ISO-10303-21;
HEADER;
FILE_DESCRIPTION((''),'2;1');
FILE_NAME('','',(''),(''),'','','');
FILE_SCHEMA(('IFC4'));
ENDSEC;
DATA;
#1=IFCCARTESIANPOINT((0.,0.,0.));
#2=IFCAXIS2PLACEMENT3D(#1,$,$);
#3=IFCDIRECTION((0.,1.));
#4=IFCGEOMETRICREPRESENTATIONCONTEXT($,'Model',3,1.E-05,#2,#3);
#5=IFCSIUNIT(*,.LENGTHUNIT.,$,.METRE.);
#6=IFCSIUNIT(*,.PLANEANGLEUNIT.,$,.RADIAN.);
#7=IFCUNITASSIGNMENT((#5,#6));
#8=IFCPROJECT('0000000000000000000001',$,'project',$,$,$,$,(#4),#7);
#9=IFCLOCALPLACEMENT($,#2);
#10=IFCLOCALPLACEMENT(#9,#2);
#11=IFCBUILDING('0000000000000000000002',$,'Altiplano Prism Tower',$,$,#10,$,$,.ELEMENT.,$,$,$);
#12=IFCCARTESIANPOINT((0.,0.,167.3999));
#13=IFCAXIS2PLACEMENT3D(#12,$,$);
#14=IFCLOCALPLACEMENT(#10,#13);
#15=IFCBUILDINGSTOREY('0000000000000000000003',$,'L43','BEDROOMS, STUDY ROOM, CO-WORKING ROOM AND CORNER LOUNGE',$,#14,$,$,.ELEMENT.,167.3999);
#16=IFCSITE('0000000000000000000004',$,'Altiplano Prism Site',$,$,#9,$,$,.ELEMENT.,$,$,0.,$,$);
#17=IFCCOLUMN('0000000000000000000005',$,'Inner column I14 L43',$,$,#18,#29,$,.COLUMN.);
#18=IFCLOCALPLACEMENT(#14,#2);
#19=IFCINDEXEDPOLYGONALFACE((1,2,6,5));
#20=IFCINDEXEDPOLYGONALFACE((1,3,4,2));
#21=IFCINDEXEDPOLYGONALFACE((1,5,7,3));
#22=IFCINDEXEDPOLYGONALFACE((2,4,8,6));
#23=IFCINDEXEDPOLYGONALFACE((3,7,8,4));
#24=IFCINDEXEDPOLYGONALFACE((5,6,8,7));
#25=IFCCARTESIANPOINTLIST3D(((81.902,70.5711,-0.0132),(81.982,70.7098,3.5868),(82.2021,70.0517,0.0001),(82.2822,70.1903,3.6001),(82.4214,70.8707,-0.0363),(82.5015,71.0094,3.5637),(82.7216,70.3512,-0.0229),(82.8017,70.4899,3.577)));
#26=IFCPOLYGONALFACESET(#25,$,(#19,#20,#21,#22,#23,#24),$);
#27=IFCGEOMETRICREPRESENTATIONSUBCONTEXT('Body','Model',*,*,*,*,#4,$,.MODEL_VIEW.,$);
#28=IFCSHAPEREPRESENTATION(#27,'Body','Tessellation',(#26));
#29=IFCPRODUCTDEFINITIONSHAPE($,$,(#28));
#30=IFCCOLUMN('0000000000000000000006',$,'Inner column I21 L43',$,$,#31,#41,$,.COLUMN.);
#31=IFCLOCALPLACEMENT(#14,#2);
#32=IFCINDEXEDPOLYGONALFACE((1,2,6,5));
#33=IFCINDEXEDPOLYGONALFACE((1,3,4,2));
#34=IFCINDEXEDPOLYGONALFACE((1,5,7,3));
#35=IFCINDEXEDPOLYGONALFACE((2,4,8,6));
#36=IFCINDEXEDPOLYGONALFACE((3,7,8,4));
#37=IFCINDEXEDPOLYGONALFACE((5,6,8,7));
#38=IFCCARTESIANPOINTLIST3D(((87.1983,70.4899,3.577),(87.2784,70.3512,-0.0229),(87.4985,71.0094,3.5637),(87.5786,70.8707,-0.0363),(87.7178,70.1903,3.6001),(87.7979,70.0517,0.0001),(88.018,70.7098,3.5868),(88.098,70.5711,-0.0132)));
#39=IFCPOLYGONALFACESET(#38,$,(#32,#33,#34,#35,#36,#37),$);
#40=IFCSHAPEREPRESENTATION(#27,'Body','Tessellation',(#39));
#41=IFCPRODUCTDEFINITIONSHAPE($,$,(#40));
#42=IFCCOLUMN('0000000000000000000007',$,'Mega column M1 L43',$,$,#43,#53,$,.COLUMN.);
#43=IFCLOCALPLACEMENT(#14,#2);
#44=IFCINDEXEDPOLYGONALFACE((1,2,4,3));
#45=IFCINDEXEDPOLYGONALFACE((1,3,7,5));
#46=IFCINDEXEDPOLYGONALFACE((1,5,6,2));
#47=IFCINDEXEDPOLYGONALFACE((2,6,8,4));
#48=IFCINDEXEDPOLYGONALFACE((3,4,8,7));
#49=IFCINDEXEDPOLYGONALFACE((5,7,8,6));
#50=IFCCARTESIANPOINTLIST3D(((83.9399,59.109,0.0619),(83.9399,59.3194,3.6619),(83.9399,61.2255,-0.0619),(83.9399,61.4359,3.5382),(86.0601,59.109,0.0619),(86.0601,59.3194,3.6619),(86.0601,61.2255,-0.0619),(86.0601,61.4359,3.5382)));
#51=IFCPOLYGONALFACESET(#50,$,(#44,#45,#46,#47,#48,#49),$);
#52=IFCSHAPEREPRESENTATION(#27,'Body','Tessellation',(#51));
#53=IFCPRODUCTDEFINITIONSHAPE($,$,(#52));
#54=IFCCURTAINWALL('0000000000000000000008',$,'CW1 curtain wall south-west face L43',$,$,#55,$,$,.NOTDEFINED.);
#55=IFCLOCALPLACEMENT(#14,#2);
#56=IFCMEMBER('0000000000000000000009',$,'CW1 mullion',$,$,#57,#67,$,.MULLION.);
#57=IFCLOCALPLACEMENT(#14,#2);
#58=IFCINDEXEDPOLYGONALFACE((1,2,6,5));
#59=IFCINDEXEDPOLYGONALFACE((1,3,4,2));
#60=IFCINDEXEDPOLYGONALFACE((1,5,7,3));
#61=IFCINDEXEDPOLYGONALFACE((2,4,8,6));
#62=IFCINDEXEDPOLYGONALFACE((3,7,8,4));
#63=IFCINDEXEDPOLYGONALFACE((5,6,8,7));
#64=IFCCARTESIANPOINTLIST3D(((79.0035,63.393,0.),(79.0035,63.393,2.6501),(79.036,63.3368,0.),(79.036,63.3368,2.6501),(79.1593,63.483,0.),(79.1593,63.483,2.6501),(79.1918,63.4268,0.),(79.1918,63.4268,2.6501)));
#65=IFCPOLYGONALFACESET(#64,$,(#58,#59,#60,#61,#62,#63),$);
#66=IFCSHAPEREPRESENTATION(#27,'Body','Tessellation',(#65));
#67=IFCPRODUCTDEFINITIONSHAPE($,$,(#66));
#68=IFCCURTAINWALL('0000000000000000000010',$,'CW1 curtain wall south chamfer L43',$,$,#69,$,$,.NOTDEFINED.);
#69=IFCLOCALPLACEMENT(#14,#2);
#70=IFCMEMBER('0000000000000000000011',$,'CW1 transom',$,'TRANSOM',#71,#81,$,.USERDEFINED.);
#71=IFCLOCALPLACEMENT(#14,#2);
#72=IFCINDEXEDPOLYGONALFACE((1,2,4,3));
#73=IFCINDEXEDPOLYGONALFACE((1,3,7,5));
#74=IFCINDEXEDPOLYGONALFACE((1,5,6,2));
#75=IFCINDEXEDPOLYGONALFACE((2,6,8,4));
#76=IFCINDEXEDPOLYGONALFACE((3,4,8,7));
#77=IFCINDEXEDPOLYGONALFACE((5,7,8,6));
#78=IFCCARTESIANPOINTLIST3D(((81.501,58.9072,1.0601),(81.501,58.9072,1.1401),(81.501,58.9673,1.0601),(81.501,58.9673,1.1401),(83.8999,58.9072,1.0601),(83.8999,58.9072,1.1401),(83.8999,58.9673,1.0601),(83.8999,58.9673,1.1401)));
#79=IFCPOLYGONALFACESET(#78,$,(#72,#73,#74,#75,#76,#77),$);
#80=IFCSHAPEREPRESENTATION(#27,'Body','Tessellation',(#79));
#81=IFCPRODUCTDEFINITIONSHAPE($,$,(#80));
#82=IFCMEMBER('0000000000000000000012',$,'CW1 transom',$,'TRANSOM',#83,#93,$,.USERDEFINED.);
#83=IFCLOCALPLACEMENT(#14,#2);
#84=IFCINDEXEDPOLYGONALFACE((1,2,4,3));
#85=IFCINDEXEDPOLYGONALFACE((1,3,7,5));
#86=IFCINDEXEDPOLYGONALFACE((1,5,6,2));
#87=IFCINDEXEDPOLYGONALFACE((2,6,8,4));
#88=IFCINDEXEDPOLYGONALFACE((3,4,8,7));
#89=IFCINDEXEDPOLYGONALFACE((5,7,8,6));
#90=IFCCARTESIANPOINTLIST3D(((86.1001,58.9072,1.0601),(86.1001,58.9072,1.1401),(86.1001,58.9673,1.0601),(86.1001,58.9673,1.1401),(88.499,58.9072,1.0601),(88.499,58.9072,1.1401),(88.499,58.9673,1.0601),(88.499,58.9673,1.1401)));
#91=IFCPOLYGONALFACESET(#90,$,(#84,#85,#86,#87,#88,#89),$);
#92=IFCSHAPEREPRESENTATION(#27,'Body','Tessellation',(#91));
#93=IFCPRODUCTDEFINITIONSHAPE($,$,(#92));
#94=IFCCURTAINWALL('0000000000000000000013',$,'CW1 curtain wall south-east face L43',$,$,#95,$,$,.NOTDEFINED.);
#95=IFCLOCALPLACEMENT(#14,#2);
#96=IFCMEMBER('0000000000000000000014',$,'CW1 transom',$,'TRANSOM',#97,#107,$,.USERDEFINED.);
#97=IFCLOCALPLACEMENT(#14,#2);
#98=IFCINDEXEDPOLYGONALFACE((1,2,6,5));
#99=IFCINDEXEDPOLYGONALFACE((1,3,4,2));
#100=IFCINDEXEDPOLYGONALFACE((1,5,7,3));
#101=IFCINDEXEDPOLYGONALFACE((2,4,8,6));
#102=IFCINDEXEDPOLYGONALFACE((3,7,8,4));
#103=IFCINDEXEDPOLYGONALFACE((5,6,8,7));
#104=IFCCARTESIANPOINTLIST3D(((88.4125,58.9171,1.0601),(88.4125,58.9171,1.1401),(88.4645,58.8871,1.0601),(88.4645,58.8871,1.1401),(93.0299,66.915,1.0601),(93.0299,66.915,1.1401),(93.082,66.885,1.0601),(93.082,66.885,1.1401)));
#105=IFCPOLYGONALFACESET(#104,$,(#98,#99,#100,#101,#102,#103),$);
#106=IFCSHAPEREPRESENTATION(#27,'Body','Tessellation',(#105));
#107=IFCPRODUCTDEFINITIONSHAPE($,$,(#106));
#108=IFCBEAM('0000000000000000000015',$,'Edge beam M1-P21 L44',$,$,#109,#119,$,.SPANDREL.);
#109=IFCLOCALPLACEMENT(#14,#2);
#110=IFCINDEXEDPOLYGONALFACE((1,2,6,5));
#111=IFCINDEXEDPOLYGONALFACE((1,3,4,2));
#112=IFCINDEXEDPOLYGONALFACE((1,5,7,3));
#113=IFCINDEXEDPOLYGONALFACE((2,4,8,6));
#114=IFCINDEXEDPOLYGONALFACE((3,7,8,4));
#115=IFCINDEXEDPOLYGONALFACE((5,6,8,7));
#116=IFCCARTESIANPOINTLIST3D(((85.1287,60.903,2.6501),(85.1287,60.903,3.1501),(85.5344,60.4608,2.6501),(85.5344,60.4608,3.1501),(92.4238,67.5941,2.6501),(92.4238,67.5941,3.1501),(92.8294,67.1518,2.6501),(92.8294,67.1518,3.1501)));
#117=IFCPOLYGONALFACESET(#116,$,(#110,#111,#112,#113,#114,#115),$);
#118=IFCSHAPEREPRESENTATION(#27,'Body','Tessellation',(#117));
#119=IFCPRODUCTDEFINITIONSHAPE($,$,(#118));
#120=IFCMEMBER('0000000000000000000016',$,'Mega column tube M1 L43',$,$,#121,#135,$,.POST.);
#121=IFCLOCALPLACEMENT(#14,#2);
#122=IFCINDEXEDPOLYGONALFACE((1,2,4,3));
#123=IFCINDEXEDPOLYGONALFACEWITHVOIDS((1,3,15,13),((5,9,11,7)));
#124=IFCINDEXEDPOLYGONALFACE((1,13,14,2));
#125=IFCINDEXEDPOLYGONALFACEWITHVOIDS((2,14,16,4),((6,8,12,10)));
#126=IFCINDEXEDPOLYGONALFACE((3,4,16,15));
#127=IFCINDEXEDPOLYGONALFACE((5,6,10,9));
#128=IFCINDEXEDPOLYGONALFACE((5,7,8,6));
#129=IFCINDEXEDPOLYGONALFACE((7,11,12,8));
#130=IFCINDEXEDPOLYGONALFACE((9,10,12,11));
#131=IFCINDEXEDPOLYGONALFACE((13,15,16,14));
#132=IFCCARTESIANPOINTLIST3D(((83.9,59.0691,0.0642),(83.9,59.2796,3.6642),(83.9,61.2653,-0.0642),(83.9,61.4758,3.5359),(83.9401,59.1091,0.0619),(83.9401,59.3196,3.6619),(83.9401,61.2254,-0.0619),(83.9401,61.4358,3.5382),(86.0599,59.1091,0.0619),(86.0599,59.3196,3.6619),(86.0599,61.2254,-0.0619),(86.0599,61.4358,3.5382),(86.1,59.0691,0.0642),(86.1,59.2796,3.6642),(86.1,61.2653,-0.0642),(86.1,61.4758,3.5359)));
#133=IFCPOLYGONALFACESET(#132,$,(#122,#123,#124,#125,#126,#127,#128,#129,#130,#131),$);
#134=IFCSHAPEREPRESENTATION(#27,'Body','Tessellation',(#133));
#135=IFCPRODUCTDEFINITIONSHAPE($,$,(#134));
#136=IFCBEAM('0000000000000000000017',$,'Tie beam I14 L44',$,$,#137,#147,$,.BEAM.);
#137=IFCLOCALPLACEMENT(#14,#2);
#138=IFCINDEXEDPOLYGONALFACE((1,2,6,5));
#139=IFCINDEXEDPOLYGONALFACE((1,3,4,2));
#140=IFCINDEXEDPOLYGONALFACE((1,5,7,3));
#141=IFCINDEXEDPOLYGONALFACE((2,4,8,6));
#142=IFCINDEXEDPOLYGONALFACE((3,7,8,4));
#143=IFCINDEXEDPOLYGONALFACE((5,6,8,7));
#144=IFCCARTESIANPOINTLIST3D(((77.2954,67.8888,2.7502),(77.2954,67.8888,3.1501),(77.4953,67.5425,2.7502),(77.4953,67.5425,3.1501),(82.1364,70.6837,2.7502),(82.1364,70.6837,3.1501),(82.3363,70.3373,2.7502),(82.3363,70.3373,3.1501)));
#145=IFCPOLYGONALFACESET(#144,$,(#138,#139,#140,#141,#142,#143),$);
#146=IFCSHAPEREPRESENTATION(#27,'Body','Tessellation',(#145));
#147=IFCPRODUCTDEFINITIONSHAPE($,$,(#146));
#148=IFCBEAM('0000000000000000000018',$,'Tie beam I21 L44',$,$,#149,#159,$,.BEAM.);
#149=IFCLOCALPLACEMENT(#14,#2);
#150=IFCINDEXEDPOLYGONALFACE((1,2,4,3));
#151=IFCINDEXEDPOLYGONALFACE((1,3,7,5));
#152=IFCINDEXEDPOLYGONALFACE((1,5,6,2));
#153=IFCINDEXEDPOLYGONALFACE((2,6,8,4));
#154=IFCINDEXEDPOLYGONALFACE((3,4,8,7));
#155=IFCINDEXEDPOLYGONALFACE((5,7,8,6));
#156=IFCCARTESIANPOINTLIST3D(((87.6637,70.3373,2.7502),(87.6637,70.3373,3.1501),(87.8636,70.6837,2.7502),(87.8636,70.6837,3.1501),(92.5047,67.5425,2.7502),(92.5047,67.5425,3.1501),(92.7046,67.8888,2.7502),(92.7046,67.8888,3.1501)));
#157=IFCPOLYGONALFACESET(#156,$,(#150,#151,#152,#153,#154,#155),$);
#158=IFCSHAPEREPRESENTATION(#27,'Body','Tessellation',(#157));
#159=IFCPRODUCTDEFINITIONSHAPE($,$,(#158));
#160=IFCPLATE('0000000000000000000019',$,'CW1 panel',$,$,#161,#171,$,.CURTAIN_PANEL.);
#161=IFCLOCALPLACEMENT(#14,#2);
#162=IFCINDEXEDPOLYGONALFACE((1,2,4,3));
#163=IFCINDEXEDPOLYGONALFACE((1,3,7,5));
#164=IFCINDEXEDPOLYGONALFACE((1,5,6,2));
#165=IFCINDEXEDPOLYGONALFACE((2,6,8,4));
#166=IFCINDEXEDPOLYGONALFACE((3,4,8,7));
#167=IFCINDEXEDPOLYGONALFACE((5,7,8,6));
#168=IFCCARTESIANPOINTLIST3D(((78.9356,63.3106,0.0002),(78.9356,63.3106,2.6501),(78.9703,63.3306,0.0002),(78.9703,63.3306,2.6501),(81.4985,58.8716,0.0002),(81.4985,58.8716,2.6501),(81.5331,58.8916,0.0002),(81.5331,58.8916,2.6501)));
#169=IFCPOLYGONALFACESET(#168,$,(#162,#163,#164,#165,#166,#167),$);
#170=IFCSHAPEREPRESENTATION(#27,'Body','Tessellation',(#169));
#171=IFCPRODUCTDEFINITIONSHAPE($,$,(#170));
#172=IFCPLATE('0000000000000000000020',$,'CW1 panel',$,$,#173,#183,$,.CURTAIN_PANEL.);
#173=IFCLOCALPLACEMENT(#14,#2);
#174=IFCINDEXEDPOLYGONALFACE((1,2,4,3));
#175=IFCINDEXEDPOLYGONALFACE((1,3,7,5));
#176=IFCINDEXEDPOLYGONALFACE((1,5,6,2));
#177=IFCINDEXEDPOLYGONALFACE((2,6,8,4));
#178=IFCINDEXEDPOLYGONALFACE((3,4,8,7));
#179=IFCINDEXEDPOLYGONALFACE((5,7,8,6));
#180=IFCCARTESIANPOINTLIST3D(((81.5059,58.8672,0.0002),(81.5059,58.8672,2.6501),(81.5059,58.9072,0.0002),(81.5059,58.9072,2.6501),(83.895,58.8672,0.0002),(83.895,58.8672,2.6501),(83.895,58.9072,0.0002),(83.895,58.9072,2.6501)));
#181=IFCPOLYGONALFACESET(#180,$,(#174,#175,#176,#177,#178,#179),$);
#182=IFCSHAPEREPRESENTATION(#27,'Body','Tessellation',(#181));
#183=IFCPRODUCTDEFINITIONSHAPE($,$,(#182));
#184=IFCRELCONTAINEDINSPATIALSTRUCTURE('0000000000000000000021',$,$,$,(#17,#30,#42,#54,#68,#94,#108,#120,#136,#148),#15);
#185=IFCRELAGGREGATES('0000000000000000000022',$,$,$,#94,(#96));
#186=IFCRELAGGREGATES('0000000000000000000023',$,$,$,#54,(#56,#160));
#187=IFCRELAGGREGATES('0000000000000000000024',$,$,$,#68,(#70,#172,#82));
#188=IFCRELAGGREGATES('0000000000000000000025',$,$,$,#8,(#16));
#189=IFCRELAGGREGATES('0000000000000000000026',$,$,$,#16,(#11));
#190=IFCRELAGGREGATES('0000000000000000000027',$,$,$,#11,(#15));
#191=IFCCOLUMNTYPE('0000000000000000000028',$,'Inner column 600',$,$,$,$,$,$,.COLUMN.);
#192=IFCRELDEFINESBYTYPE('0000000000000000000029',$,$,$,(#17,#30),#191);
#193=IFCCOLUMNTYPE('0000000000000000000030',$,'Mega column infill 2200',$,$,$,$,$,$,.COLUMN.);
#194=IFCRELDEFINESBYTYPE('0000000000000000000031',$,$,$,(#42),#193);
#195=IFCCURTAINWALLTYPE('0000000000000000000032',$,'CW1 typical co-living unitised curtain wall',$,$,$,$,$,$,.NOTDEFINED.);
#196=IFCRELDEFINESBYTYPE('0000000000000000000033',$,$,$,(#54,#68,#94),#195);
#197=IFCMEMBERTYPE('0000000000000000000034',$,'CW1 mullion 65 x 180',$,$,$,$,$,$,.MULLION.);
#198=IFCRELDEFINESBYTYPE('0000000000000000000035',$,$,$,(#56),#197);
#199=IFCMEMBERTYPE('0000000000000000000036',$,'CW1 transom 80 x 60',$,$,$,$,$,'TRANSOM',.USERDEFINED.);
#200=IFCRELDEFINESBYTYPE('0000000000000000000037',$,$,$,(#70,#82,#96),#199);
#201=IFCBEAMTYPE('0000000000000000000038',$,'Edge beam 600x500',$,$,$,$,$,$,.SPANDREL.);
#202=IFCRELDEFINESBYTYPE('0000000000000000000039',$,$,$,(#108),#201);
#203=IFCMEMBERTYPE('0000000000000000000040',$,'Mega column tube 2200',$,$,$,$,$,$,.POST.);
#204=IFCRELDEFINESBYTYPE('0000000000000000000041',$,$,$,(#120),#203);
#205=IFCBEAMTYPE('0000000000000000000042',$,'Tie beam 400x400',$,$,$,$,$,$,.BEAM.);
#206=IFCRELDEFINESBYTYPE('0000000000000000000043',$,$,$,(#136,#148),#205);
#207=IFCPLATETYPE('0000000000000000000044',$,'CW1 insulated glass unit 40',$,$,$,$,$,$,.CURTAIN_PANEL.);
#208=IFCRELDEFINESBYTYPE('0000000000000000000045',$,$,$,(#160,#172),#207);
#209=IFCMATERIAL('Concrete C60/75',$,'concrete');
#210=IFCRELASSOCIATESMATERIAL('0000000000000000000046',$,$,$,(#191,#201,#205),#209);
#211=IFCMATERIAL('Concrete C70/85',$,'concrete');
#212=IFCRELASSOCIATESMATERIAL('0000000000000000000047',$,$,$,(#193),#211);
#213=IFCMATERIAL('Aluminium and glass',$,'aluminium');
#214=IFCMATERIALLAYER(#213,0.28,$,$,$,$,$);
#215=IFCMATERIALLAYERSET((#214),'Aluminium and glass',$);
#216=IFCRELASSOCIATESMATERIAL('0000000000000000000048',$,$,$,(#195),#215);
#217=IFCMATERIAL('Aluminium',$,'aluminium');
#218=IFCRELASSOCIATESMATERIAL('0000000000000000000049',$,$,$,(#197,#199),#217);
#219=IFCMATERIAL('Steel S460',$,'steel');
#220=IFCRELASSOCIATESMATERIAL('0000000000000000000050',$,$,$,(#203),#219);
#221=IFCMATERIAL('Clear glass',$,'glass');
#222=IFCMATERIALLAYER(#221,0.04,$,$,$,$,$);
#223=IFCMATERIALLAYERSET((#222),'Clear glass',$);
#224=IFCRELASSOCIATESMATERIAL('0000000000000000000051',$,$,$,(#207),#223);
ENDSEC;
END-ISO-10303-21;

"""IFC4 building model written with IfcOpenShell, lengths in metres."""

from ifc_helpers import new_model, si_unit, direction, frame, origin, origin_2d, place, context, subcontext, project, spatial, rectangle, hollow_rectangle, extrude, material, layer, layer_set, material_profile, profile_set, type_object, element, aggregate, save


model = new_model("IFC4")

# Units and contexts
model_context = context("Model", 3, precision=1e-05, world=origin(), true_north=direction((0.0, 1.0)))
body_context = subcontext(model_context, "Body", "Model", "MODEL_VIEW")
ifc_project = project(units=[si_unit("LENGTHUNIT", "METRE"), si_unit("PLANEANGLEUNIT", "RADIAN")], contexts=[model_context])

# Site, building, storey
site_placement = place(None, origin())
site = spatial("IfcSite", under=ifc_project, at=site_placement, Name="Altiplano Prism Site", CompositionType="ELEMENT", RefElevation=0.0)
building_placement = place(site_placement, origin())
building = spatial("IfcBuilding", under=site, at=building_placement, Name="Altiplano Prism Tower", CompositionType="ELEMENT")
storey_placement = place(building_placement, frame((0.0, 0.0, 167.3999)))
storey = spatial("IfcBuildingStorey", under=building, at=storey_placement, Name="L43", Description="BEDROOMS, STUDY ROOM, CO-WORKING ROOM AND CORNER LOUNGE", CompositionType="ELEMENT", Elevation=167.3999)

# Columns
ifc_material_1 = material(Name="Concrete C60/75", Category="concrete")
ifc_material_profile_1 = material_profile(ifc_material_1, rectangle(XDim=0.6001, YDim=0.6001, at=origin_2d()), Name="Inner column 600")
ifc_profile_set_1 = profile_set([ifc_material_profile_1], Name="Concrete C60/75")
column_type_1 = type_object("IfcColumnType", Name="Inner column 600", PredefinedType="COLUMN", material=ifc_profile_set_1)
for number, where, z_axis, x_axis, name in (
    (1, (82.3118, 70.4612, -0.0181), (0.022223, 0.038483, 0.999012), (-0.865639, -0.499187, 0.038485), "Inner column I14 L43"),
    (2, (87.6882, 70.4612, -0.0181), (-0.022223, 0.038483, 0.999012), (-0.500175, -0.865639, 0.022219), "Inner column I21 L43"),
):
    element("IfcColumn", number, at=place(storey_placement, frame(where, z_axis=z_axis, x_axis=x_axis)), inside=storey, type_object=column_type_1, Name=name, PredefinedType="COLUMN", context=body_context, shape_type="SweptSolid", body=[
        extrude(rectangle(XDim=0.6001, YDim=0.6001, at=origin_2d()), origin(), (0.0, 0.0, 1.0), 3.6035),
    ])
ifc_material_2 = material(Name="Concrete C70/85", Category="concrete")
ifc_material_profile_2 = material_profile(ifc_material_2, rectangle(XDim=2.1201, YDim=2.1201, at=origin_2d()), Name="Mega column infill 2200")
ifc_profile_set_2 = profile_set([ifc_material_profile_2], Name="Concrete C70/85")
column_type_2 = type_object("IfcColumnType", Name="Mega column infill 2200", PredefinedType="COLUMN", material=ifc_profile_set_2)
column_placement = place(storey_placement, frame((85.0, 60.1672, 0.0), z_axis=(0.0, 0.058357, 0.998296), x_axis=(-1.0, 0.0, 0.0)))
element("IfcColumn", 3, at=column_placement, inside=storey, type_object=column_type_2, Name="Mega column M1 L43", PredefinedType="COLUMN", context=body_context, shape_type="SweptSolid", body=[
    extrude(rectangle(XDim=2.1201, YDim=2.1201, at=origin_2d()), origin(), (0.0, 0.0, 1.0), 3.6062),
])

# Curtain wall, member
ifc_material_3 = material(Name="Aluminium and glass", Category="aluminium")
ifc_layer_1 = layer(ifc_material_3, 0.28)
ifc_layer_set_1 = layer_set([ifc_layer_1], Name="Aluminium and glass")
curtain_wall_type = type_object("IfcCurtainWallType", Name="CW1 typical co-living unitised curtain wall", PredefinedType="NOTDEFINED", material=ifc_layer_set_1)
curtain_wall_1_placement = place(storey_placement, origin())
curtain_wall_1 = element("IfcCurtainWall", 4, at=curtain_wall_1_placement, inside=storey, type_object=curtain_wall_type, Name="CW1 curtain wall south-west face L43", PredefinedType="NOTDEFINED")
ifc_material_4 = material(Name="Aluminium", Category="aluminium")
ifc_material_profile_3 = material_profile(ifc_material_4, rectangle(XDim=0.1799, YDim=0.0649, at=origin_2d()), Name="CW1 mullion 65 x 180")
ifc_profile_set_3 = profile_set([ifc_material_profile_3], Name="Aluminium")
member_type_1 = type_object("IfcMemberType", Name="CW1 mullion 65 x 180", PredefinedType="MULLION", material=ifc_profile_set_3)
member_1_placement = place(storey_placement, frame((79.0977, 63.4099, 0.0), z_axis=(0.0, 0.0, 1.0), x_axis=(0.866025, 0.5, 0.0)))
member_1 = element("IfcMember", 5, at=member_1_placement, type_object=member_type_1, Name="CW1 mullion", PredefinedType="MULLION", context=body_context, shape_type="SweptSolid", body=[
    extrude(rectangle(XDim=0.1799, YDim=0.0649, at=origin_2d()), origin(), (0.0, 0.0, 1.0), 2.6501),
])

# Curtain wall, members
curtain_wall_2_placement = place(storey_placement, origin())
curtain_wall_2 = element("IfcCurtainWall", 6, at=curtain_wall_2_placement, inside=storey, type_object=curtain_wall_type, Name="CW1 curtain wall south chamfer L43", PredefinedType="NOTDEFINED")
ifc_material_profile_4 = material_profile(ifc_material_4, rectangle(XDim=0.0601, YDim=0.0801, at=origin_2d()), Name="CW1 transom 80 x 60")
ifc_profile_set_4 = profile_set([ifc_material_profile_4], Name="Aluminium")
member_type_2 = type_object("IfcMemberType", Name="CW1 transom 80 x 60", ElementType="TRANSOM", PredefinedType="USERDEFINED", material=ifc_profile_set_4)
member_2_placement = place(storey_placement, frame((81.501, 58.9373, 1.1001), z_axis=(1.0, 0.0, 0.0), x_axis=(0.0, 1.0, 0.0)))
member_2 = element("IfcMember", 7, at=member_2_placement, type_object=member_type_2, Name="CW1 transom", ObjectType="TRANSOM", PredefinedType="USERDEFINED", context=body_context, shape_type="SweptSolid", body=[
    extrude(rectangle(XDim=0.0601, YDim=0.0801, at=origin_2d()), origin(), (0.0, 0.0, 1.0), 2.3989),
])
member_3_placement = place(storey_placement, frame((86.1001, 58.9373, 1.1001), z_axis=(1.0, 0.0, 0.0), x_axis=(0.0, 1.0, 0.0)))
member_3 = element("IfcMember", 8, at=member_3_placement, type_object=member_type_2, Name="CW1 transom", ObjectType="TRANSOM", PredefinedType="USERDEFINED", context=body_context, shape_type="SweptSolid", body=[
    extrude(rectangle(XDim=0.0601, YDim=0.0801, at=origin_2d()), origin(), (0.0, 0.0, 1.0), 2.3989),
])

# Curtain wall, member
curtain_wall_3_placement = place(storey_placement, origin())
curtain_wall_3 = element("IfcCurtainWall", 9, at=curtain_wall_3_placement, inside=storey, type_object=curtain_wall_type, Name="CW1 curtain wall south-east face L43", PredefinedType="NOTDEFINED")
member_4_placement = place(storey_placement, frame((88.4385, 58.9021, 1.1001), z_axis=(0.499992, 0.86603, 0.0), x_axis=(-0.86603, 0.499992, 0.0)))
member_4 = element("IfcMember", 10, at=member_4_placement, type_object=member_type_2, Name="CW1 transom", ObjectType="TRANSOM", PredefinedType="USERDEFINED", context=body_context, shape_type="SweptSolid", body=[
    extrude(rectangle(XDim=0.0601, YDim=0.0801, at=origin_2d()), origin(), (0.0, 0.0, 1.0), 9.2351),
])
aggregate(curtain_wall_3, [member_4])

# Beam
ifc_material_profile_5 = material_profile(ifc_material_1, rectangle(XDim=0.6001, YDim=0.5, at=origin_2d()), Name="Edge beam 600x500")
ifc_profile_set_5 = profile_set([ifc_material_profile_5], Name="Concrete C60/75")
beam_type_1 = type_object("IfcBeamType", Name="Edge beam 600x500", PredefinedType="SPANDREL", material=ifc_profile_set_5)
beam_placement = place(storey_placement, frame((85.3315, 60.6819, 2.9001), z_axis=(0.736957, 0.67594, 0.0), x_axis=(-0.67594, 0.736957, 0.0)))
element("IfcBeam", 11, at=beam_placement, inside=storey, type_object=beam_type_1, Name="Edge beam M1-P21 L44", PredefinedType="SPANDREL", context=body_context, shape_type="SweptSolid", body=[
    extrude(rectangle(XDim=0.6001, YDim=0.5, at=origin_2d()), origin(), (0.0, 0.0, 1.0), 9.8989),
])

# Member
ifc_material_5 = material(Name="Steel S460", Category="steel")
ifc_material_profile_6 = material_profile(ifc_material_5, hollow_rectangle(XDim=2.2, YDim=2.2, WallThickness=0.04, at=origin_2d()), Name="Mega column tube 2200")
ifc_profile_set_6 = profile_set([ifc_material_profile_6], Name="Steel S460")
member_type_3 = type_object("IfcMemberType", Name="Mega column tube 2200", PredefinedType="POST", material=ifc_profile_set_6)
member_5_placement = place(storey_placement, frame((85.0, 60.1672, 0.0), z_axis=(0.0, 0.058357, 0.998296), x_axis=(-1.0, 0.0, 0.0)))
element("IfcMember", 12, at=member_5_placement, inside=storey, type_object=member_type_3, Name="Mega column tube M1 L43", PredefinedType="POST", context=body_context, shape_type="SweptSolid", body=[
    extrude(hollow_rectangle(XDim=2.2, YDim=2.2, WallThickness=0.04, at=origin_2d()), origin(), (0.0, 0.0, 1.0), 3.6062),
])

# Beams
ifc_material_profile_7 = material_profile(ifc_material_1, rectangle(XDim=0.3999, YDim=0.3999, at=origin_2d()), Name="Tie beam 400x400")
ifc_profile_set_7 = profile_set([ifc_material_profile_7], Name="Concrete C60/75")
beam_type_2 = type_object("IfcBeamType", Name="Tie beam 400x400", PredefinedType="BEAM", material=ifc_profile_set_7)
for number, where, z_axis, x_axis, name in (
    (13, (82.2363, 70.5105, 2.9502), (-0.866031, -0.499991, 0.0), (0.499991, -0.866031, 0.0), "Tie beam I14 L44"),
    (14, (87.7637, 70.5105, 2.9502), (0.866031, -0.499991, 0.0), (0.499991, 0.866031, 0.0), "Tie beam I21 L44"),
):
    element("IfcBeam", number, at=place(storey_placement, frame(where, z_axis=z_axis, x_axis=x_axis)), inside=storey, type_object=beam_type_2, Name=name, PredefinedType="BEAM", context=body_context, shape_type="SweptSolid", body=[
        extrude(rectangle(XDim=0.3999, YDim=0.3999, at=origin_2d()), origin(), (0.0, 0.0, 1.0), 5.5898),
    ])

# Plates
ifc_material_6 = material(Name="Clear glass", Category="glass")
ifc_layer_2 = layer(ifc_material_6, 0.04)
ifc_layer_set_2 = layer_set([ifc_layer_2], Name="Clear glass")
plate_type = type_object("IfcPlateType", Name="CW1 insulated glass unit 40", PredefinedType="CURTAIN_PANEL", material=ifc_layer_set_2)
plate_1_placement = place(storey_placement, frame((80.2344, 61.1011, 0.0002), z_axis=(0.0, 0.0, 1.0), x_axis=(0.5, -0.866025, 0.0)))
plate_1 = element("IfcPlate", 15, at=plate_1_placement, type_object=plate_type, Name="CW1 panel", PredefinedType="CURTAIN_PANEL", context=body_context, shape_type="SweptSolid", body=[
    extrude(rectangle(XDim=5.1257, YDim=0.04, at=origin_2d()), origin(), (0.0, 0.0, 1.0), 2.6499),
])
aggregate(curtain_wall_1, [member_1, plate_1])
plate_2_placement = place(storey_placement, frame((82.7004, 58.8872, 0.0002), z_axis=(0.0, 0.0, 1.0), x_axis=(1.0, 0.0, 0.0)))
plate_2 = element("IfcPlate", 16, at=plate_2_placement, type_object=plate_type, Name="CW1 panel", PredefinedType="CURTAIN_PANEL", context=body_context, shape_type="SweptSolid", body=[
    extrude(rectangle(XDim=2.3892, YDim=0.04, at=origin_2d()), origin(), (0.0, 0.0, 1.0), 2.6499),
])
aggregate(curtain_wall_2, [member_2, plate_2, member_3])

save(model, "model.ifc")
